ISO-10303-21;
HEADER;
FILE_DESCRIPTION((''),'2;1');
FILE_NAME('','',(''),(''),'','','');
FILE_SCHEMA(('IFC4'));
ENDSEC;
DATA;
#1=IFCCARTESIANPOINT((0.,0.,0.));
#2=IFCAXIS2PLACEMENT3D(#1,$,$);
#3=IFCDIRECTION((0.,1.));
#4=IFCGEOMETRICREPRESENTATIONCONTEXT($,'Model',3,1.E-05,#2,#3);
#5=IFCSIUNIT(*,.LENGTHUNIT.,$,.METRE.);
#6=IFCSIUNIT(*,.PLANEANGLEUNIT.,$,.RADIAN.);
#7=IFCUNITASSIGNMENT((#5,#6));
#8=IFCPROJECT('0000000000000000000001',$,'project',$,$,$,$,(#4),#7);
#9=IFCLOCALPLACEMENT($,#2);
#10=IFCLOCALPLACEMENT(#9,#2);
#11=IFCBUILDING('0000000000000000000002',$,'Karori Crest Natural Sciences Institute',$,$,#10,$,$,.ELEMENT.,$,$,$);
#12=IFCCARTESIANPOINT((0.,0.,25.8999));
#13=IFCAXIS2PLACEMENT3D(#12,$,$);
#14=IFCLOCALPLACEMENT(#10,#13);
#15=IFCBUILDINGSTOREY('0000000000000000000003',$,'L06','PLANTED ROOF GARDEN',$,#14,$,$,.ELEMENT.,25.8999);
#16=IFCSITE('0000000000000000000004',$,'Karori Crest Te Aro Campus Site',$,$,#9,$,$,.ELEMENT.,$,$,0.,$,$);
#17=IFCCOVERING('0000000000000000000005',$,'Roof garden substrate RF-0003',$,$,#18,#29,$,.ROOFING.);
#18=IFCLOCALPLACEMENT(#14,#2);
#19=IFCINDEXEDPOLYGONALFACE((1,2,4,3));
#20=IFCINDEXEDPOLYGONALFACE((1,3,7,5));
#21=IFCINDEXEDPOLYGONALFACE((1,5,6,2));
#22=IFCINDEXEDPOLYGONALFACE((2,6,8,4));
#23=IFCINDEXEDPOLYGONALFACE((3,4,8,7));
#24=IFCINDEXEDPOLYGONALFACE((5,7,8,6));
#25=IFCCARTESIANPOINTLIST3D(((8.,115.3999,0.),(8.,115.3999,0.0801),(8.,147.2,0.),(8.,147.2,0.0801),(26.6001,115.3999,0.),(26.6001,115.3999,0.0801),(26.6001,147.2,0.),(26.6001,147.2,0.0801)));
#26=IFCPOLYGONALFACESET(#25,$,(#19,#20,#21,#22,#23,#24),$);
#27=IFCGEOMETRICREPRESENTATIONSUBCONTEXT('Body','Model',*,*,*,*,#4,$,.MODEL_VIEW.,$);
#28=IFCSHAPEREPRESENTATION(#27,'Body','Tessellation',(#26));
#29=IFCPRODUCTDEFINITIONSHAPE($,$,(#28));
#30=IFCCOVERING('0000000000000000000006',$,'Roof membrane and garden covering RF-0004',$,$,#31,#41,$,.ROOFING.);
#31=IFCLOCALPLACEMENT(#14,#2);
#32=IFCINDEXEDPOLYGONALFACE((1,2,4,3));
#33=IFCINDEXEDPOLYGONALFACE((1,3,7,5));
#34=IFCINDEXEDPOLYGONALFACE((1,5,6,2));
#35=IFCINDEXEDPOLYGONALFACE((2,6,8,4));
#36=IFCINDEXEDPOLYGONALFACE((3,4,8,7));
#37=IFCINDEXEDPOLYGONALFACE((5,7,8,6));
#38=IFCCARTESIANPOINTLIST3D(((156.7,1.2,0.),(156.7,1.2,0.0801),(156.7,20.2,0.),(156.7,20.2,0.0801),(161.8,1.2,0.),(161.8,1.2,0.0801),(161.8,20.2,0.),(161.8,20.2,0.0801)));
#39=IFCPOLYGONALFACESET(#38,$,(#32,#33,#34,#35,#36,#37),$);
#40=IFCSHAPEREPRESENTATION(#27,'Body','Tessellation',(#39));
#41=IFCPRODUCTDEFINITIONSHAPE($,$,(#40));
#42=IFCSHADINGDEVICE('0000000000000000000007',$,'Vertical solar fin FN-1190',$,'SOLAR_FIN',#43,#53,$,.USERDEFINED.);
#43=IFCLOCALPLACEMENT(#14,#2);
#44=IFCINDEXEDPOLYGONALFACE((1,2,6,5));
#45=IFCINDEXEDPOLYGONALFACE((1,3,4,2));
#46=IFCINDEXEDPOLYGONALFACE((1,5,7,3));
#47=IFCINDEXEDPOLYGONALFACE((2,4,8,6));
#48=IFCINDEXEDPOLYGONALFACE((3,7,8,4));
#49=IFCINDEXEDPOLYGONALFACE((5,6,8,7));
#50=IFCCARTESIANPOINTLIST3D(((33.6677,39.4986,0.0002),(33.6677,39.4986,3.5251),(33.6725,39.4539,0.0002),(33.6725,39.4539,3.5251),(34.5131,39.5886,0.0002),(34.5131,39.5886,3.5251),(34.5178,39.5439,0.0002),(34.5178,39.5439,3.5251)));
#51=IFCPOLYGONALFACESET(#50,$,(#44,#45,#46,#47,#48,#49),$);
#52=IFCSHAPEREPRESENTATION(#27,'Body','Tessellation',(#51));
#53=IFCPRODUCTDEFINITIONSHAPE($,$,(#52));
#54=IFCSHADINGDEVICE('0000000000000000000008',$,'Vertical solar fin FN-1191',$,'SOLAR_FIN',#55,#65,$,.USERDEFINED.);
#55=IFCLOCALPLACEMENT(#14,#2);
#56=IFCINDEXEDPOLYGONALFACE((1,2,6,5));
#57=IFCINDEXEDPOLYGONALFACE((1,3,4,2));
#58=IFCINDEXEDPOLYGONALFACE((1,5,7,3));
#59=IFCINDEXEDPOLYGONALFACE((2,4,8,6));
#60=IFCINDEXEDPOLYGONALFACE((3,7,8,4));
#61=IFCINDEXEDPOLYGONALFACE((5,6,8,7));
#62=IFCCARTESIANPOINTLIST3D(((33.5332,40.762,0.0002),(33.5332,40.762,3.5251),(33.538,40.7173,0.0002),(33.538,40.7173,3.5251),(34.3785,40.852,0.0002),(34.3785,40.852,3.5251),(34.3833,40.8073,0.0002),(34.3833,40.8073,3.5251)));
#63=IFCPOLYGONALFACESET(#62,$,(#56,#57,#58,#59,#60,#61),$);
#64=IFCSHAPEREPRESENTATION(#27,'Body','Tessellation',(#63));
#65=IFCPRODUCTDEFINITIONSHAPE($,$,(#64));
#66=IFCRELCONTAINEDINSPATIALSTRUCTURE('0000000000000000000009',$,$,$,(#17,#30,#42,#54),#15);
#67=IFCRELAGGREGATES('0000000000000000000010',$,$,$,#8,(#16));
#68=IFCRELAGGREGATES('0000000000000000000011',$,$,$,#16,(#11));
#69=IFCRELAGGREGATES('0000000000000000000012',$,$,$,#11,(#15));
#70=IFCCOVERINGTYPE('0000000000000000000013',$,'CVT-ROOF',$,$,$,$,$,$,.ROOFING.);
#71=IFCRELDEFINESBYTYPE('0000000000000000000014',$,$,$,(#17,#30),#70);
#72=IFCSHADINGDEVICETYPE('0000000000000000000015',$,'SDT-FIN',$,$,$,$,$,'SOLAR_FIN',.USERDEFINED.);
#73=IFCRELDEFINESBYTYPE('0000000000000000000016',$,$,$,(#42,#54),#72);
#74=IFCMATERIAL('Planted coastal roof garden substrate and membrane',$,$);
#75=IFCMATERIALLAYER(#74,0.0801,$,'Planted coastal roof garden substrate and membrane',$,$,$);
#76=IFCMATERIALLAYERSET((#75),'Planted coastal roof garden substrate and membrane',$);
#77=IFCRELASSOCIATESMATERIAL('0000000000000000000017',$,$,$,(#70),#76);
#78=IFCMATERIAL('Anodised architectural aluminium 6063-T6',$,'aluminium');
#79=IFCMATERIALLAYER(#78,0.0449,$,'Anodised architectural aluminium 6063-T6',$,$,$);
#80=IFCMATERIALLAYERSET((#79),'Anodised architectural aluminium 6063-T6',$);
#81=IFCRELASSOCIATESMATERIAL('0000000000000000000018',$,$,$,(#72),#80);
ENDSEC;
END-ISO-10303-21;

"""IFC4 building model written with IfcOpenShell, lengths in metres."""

from ifc_helpers import new_model, si_unit, direction, frame, origin, origin_2d, place, context, subcontext, project, spatial, polyline, rectangle, outline, extrude, material, layer, layer_set, type_object, element, save


model = new_model("IFC4")

# Units and contexts
model_context = context("Model", 3, precision=1e-05, world=origin(), true_north=direction((0.0, 1.0)))
body_context = subcontext(model_context, "Body", "Model", "MODEL_VIEW")
ifc_project = project(units=[si_unit("LENGTHUNIT", "METRE"), si_unit("PLANEANGLEUNIT", "RADIAN")], contexts=[model_context])

# Site, building, storey
site_placement = place(None, origin())
site = spatial("IfcSite", under=ifc_project, at=site_placement, Name="Karori Crest Te Aro Campus Site", CompositionType="ELEMENT", RefElevation=0.0)
building_placement = place(site_placement, origin())
building = spatial("IfcBuilding", under=site, at=building_placement, Name="Karori Crest Natural Sciences Institute", CompositionType="ELEMENT")
storey_placement = place(building_placement, frame((0.0, 0.0, 25.8999)))
storey = spatial("IfcBuildingStorey", under=building, at=storey_placement, Name="L06", Description="PLANTED ROOF GARDEN", CompositionType="ELEMENT", Elevation=25.8999)

# Shared definitions
ifc_material_1 = material(Name="Anodised architectural aluminium 6063-T6", Category="aluminium")

# Coverings
ifc_material_2 = material(Name="Planted coastal roof garden substrate and membrane")
ifc_layer_1 = layer(ifc_material_2, 0.0801, Name="Planted coastal roof garden substrate and membrane")
ifc_layer_set_1 = layer_set([ifc_layer_1], Name="Planted coastal roof garden substrate and membrane")
covering_type = type_object("IfcCoveringType", Name="CVT-ROOF", PredefinedType="ROOFING", material=ifc_layer_set_1)
covering_1_placement = place(storey_placement, origin())
element("IfcCovering", 1, at=covering_1_placement, inside=storey, type_object=covering_type, Name="Roof garden substrate RF-0003", PredefinedType="ROOFING", context=body_context, shape_type="SweptSolid", body=[
    extrude(outline(polyline([(8.0, 115.3999), (26.6001, 115.3999), (26.6001, 147.2), (8.0, 147.2), (8.0, 115.3999)])), origin(), (0.0, 0.0, 1.0), 0.0801),
])
covering_2_placement = place(storey_placement, origin())
element("IfcCovering", 2, at=covering_2_placement, inside=storey, type_object=covering_type, Name="Roof membrane and garden covering RF-0004", PredefinedType="ROOFING", context=body_context, shape_type="SweptSolid", body=[
    extrude(outline(polyline([(156.7, 1.2), (161.8, 1.2), (161.8, 20.2), (156.7, 20.2), (156.7, 1.2)])), origin(), (0.0, 0.0, 1.0), 0.0801),
])

# Shading devices
ifc_layer_2 = layer(ifc_material_1, 0.0449, Name="Anodised architectural aluminium 6063-T6")
ifc_layer_set_2 = layer_set([ifc_layer_2], Name="Anodised architectural aluminium 6063-T6")
shading_device_type = type_object("IfcShadingDeviceType", Name="SDT-FIN", ElementType="SOLAR_FIN", PredefinedType="USERDEFINED", material=ifc_layer_set_2)
for number, where, z_axis, x_axis, name in (
    (3, (34.0928, 39.5212, 0.0002), (0.0, 0.0, 1.0), (-0.994378, -0.105884, 0.0), "Vertical solar fin FN-1190"),
    (4, (33.9583, 40.7847, 0.0002), (0.0, 0.0, 1.0), (-0.994378, -0.105884, 0.0), "Vertical solar fin FN-1191"),
):
    element("IfcShadingDevice", number, at=place(storey_placement, frame(where, z_axis=z_axis, x_axis=x_axis)), inside=storey, type_object=shading_device_type, Name=name, ObjectType="SOLAR_FIN", PredefinedType="USERDEFINED", context=body_context, shape_type="SweptSolid", body=[
        extrude(rectangle(XDim=0.8501, YDim=0.0449, at=origin_2d()), origin(), (0.0, 0.0, 1.0), 3.5249),
    ])

save(model, "model.ifc")
